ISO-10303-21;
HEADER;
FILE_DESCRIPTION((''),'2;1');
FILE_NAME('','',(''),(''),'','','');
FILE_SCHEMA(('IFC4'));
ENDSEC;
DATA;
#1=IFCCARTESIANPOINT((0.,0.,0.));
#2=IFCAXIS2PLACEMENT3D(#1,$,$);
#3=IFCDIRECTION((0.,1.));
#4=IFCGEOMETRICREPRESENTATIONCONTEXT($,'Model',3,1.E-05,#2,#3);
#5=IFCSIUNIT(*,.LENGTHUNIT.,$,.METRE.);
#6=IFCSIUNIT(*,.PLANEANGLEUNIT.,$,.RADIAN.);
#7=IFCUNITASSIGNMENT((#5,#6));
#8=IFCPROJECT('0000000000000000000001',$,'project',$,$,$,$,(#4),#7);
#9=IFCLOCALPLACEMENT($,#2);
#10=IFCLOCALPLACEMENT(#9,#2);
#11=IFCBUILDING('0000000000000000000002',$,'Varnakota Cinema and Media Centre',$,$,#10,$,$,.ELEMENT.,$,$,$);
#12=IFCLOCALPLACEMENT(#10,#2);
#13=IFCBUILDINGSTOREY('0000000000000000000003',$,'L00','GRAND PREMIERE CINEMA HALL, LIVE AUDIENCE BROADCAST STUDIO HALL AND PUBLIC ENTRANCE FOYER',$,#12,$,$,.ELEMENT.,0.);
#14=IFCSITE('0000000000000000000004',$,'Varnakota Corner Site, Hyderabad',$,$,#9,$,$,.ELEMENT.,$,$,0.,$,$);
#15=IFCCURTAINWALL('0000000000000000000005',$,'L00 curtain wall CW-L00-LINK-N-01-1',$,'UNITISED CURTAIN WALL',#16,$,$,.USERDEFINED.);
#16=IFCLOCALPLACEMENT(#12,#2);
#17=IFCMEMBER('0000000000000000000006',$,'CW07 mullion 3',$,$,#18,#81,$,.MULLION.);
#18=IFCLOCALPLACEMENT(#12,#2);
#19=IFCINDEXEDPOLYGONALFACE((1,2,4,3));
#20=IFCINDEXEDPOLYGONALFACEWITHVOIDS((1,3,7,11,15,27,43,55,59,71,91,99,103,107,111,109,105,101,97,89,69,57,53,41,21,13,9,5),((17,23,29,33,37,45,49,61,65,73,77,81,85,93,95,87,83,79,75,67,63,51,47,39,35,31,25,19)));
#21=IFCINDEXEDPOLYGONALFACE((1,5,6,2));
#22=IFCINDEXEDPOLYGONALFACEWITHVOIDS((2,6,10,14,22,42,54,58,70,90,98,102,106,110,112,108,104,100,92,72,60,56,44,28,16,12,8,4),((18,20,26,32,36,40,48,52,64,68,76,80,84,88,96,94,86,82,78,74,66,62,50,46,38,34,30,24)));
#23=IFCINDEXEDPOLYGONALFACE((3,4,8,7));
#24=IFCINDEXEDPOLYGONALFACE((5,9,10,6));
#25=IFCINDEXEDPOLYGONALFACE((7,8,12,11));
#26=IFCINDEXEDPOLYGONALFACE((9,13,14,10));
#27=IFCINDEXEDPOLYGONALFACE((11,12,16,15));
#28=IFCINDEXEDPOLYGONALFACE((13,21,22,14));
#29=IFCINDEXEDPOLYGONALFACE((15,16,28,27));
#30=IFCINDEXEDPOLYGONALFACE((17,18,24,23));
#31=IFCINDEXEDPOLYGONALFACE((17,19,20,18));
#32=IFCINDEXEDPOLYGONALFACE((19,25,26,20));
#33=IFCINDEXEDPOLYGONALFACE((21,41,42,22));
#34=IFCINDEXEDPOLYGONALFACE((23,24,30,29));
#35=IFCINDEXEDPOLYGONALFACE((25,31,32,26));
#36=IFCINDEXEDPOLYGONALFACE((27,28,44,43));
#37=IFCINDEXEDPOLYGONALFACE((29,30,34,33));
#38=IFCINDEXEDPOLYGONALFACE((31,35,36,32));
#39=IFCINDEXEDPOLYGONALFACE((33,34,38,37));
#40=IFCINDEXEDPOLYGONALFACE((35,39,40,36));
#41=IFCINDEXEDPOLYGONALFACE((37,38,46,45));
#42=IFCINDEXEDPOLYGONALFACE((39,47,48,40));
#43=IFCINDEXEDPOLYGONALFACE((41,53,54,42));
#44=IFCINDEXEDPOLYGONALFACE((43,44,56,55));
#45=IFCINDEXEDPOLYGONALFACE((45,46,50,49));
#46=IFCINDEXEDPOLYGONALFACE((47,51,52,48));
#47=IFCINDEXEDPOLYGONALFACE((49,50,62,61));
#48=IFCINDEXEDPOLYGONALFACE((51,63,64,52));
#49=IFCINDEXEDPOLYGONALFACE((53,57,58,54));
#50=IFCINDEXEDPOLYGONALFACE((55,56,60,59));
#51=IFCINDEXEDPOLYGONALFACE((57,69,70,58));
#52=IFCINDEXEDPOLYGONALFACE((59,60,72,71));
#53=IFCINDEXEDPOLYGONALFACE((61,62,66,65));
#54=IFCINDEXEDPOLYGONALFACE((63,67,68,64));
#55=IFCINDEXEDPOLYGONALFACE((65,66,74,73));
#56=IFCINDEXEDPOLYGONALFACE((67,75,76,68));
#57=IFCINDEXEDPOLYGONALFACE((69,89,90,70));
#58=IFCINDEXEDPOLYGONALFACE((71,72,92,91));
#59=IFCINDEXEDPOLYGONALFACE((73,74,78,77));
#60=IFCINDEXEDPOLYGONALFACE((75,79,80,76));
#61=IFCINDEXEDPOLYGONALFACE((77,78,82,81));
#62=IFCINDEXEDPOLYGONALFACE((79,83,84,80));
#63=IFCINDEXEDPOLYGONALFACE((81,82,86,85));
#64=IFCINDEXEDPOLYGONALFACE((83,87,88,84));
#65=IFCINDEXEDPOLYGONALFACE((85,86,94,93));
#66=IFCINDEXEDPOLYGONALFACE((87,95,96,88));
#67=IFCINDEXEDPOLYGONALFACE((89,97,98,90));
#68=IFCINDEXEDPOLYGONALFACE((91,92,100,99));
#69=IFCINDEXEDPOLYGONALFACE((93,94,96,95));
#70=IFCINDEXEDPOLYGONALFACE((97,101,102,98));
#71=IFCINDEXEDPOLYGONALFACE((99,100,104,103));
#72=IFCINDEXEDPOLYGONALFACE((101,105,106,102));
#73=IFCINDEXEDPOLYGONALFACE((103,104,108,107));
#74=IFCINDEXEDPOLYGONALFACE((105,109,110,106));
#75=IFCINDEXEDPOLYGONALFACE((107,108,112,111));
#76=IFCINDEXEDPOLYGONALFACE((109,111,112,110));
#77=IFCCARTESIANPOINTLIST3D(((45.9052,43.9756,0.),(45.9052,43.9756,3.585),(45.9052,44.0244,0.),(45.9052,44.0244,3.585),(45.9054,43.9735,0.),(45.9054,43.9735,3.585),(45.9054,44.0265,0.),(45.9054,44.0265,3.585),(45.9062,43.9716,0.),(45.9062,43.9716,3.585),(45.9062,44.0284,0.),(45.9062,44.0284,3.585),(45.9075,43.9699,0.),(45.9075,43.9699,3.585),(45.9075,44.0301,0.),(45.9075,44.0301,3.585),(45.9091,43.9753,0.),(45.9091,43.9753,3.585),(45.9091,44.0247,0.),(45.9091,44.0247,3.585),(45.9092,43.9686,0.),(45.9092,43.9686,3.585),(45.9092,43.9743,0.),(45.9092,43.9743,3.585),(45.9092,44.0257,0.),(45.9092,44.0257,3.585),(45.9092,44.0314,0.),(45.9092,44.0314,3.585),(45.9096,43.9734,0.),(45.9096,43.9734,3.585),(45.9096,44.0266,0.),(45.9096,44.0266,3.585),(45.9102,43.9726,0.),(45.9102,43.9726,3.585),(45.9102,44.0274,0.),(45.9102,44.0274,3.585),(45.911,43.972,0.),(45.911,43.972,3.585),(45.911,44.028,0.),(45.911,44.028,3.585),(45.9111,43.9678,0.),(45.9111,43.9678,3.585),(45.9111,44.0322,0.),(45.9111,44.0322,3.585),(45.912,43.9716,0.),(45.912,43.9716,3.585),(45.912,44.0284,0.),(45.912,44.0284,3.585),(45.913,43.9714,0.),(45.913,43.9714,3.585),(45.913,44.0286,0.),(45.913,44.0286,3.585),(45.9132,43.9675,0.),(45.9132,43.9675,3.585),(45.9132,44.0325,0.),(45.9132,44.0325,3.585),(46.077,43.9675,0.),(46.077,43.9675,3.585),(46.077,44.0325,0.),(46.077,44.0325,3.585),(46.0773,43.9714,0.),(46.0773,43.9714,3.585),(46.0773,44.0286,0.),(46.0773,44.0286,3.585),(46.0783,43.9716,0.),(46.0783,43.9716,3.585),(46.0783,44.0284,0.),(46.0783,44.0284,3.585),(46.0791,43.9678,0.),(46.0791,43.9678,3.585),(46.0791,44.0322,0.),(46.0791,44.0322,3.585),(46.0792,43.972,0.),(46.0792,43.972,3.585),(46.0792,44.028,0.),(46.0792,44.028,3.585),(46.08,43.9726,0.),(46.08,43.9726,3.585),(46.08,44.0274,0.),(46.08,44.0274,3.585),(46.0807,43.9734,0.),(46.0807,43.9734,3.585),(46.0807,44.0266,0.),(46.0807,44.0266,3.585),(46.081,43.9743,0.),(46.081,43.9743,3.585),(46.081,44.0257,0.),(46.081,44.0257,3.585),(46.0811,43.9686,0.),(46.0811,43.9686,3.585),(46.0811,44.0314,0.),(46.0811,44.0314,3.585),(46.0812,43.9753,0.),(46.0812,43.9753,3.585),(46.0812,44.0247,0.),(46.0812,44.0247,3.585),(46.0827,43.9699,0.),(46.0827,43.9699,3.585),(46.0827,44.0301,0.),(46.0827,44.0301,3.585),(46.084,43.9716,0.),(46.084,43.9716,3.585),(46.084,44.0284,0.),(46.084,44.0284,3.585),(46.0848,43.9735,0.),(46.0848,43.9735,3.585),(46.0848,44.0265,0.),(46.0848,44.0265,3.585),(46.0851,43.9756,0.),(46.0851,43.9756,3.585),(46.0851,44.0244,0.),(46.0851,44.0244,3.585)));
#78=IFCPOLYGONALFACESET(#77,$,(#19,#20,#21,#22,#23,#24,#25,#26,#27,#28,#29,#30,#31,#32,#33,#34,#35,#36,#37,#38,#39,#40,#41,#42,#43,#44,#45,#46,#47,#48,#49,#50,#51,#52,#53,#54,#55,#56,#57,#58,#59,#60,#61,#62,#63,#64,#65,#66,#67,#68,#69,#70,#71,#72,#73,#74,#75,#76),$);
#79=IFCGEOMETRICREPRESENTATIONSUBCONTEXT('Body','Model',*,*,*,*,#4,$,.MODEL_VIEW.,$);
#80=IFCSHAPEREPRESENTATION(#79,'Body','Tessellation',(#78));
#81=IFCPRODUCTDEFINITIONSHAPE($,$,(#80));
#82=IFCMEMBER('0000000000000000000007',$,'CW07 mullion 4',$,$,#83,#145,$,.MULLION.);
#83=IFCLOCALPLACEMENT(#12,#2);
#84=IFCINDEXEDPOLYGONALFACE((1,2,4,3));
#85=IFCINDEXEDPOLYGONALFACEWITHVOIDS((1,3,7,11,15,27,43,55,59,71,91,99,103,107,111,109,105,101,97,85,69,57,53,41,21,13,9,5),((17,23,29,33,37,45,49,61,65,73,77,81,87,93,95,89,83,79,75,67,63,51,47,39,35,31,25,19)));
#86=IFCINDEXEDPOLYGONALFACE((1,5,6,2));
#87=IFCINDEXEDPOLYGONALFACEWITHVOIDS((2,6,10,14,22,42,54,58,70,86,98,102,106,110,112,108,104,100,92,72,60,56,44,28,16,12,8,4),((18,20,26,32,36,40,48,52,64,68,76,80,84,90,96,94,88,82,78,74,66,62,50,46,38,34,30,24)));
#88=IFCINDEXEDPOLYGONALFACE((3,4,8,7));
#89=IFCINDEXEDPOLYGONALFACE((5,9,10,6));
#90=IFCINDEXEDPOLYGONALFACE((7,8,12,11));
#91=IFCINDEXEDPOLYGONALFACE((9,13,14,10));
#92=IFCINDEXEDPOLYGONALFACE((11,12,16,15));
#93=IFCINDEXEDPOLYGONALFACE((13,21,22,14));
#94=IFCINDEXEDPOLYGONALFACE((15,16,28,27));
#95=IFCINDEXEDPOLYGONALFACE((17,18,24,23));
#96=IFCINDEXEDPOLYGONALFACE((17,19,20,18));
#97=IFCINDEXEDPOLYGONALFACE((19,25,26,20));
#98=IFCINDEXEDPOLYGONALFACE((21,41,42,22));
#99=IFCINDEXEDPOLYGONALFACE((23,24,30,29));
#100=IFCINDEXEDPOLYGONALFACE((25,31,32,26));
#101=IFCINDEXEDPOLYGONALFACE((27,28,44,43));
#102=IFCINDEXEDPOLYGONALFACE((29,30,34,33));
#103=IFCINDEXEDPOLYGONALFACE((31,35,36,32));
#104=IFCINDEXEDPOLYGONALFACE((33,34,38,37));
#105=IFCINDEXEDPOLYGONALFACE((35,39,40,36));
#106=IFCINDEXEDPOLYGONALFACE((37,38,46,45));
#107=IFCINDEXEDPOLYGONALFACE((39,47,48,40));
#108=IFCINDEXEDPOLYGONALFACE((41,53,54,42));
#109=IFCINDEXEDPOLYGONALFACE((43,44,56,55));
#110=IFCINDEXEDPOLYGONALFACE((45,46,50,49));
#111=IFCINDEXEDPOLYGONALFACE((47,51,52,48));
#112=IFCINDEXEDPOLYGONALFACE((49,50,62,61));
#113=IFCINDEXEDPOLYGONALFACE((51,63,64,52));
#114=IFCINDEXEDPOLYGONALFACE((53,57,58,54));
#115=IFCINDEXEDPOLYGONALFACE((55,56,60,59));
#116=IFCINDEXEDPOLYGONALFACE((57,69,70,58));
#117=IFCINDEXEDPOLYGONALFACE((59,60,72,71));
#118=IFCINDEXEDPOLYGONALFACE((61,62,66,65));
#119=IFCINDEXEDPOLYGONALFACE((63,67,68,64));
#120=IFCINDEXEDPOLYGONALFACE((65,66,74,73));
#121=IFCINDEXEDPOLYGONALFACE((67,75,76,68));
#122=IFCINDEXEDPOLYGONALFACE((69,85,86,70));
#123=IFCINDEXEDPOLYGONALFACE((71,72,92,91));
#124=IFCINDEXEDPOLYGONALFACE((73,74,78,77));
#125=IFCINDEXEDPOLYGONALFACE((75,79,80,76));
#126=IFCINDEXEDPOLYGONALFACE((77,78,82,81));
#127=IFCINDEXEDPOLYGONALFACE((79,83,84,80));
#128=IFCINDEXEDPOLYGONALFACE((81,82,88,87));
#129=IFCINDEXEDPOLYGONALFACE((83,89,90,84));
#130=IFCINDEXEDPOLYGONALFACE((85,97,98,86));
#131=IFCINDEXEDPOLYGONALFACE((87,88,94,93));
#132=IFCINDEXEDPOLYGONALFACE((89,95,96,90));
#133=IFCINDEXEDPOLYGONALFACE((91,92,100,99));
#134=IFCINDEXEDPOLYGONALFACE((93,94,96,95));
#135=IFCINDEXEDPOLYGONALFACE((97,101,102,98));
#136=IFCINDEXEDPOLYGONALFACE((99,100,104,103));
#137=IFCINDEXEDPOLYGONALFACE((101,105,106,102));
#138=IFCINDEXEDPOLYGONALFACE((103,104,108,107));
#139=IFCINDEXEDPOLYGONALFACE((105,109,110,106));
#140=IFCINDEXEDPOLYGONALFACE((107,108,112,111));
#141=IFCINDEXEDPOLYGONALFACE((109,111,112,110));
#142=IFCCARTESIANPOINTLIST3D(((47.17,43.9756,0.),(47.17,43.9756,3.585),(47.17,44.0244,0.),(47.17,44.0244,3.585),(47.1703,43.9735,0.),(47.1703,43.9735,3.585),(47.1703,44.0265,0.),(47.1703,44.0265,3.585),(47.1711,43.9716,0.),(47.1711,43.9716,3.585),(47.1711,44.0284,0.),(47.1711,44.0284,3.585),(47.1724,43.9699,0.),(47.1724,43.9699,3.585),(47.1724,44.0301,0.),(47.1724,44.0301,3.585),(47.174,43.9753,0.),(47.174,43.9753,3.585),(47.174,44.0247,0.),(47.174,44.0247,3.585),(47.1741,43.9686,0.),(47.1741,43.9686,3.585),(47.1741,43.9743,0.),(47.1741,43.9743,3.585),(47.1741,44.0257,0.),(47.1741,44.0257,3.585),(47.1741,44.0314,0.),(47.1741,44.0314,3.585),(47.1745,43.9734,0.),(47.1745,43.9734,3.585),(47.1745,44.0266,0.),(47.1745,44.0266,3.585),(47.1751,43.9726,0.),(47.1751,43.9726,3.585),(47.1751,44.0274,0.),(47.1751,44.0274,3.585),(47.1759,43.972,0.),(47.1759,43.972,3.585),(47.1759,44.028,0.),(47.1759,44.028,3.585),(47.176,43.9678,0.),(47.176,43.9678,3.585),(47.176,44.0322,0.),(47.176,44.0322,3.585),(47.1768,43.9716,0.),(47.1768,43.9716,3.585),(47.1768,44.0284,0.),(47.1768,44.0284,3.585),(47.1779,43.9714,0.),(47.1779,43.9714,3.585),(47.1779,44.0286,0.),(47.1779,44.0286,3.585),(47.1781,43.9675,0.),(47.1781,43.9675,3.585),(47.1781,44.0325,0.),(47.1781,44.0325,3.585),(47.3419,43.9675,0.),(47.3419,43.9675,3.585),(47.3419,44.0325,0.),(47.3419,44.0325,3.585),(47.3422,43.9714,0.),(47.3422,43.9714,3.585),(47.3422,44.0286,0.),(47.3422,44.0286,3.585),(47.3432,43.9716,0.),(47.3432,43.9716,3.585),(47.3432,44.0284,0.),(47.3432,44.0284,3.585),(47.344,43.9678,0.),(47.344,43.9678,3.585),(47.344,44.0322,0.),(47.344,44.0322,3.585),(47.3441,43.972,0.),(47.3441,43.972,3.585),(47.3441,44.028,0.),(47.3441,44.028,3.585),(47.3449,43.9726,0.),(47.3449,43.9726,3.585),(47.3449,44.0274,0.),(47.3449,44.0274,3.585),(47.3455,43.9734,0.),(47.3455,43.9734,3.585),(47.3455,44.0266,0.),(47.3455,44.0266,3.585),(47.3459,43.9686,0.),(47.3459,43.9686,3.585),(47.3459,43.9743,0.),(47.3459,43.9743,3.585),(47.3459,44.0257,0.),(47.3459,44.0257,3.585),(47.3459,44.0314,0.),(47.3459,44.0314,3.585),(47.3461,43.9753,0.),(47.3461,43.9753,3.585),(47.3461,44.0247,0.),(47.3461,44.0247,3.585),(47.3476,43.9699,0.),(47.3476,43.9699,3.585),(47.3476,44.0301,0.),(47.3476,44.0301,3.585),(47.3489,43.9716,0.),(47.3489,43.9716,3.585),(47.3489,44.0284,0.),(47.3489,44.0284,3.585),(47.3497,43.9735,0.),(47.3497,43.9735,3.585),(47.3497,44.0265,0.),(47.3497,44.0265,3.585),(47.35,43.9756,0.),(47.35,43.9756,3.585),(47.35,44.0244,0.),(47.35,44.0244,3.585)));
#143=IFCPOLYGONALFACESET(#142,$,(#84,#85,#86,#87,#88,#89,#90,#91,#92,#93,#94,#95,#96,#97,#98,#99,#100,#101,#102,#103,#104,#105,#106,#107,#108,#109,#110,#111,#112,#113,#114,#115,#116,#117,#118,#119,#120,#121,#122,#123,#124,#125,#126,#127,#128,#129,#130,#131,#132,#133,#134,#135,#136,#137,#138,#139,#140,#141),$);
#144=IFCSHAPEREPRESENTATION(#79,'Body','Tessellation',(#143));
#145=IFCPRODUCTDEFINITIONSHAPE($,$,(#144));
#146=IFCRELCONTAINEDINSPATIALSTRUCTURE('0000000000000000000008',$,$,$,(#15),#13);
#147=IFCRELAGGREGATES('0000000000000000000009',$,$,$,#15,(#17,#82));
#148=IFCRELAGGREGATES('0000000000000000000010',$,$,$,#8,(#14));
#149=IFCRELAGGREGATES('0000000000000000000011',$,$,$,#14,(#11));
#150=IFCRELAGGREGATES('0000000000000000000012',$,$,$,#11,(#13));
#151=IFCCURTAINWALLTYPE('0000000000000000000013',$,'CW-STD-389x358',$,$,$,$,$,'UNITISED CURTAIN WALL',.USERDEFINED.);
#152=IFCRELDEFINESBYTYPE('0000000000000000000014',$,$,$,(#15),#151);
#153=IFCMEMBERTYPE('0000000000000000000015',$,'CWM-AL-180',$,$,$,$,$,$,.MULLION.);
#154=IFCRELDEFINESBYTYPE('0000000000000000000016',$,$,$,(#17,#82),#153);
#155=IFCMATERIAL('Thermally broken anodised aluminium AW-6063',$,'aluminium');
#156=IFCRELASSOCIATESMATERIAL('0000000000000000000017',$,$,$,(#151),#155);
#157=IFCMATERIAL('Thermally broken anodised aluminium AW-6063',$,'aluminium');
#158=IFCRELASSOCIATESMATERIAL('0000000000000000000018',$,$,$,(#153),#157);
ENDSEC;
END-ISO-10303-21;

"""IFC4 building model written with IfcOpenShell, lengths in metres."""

from ifc_helpers import new_model, si_unit, direction, frame, origin, origin_2d, place, context, subcontext, project, spatial, hollow_rectangle, extrude, material, material_profile, profile_set, type_object, element, aggregate, save


model = new_model("IFC4")

# Units and contexts
model_context = context("Model", 3, precision=1e-05, world=origin(), true_north=direction((0.0, 1.0)))
body_context = subcontext(model_context, "Body", "Model", "MODEL_VIEW")
ifc_project = project(units=[si_unit("LENGTHUNIT", "METRE"), si_unit("PLANEANGLEUNIT", "RADIAN")], contexts=[model_context])

# Site, building, storey
site_placement = place(None, origin())
site = spatial("IfcSite", under=ifc_project, at=site_placement, Name="Varnakota Corner Site, Hyderabad", CompositionType="ELEMENT", RefElevation=0.0)
building_placement = place(site_placement, origin())
building = spatial("IfcBuilding", under=site, at=building_placement, Name="Varnakota Cinema and Media Centre", CompositionType="ELEMENT")
storey_placement = place(building_placement, origin())
storey = spatial("IfcBuildingStorey", under=building, at=storey_placement, Name="L00", Description="GRAND PREMIERE CINEMA HALL, LIVE AUDIENCE BROADCAST STUDIO HALL AND PUBLIC ENTRANCE FOYER", CompositionType="ELEMENT", Elevation=0.0)

# Curtain wall, members
ifc_material_1 = material(Name="Thermally broken anodised aluminium AW-6063", Category="aluminium")
curtain_wall_type = type_object("IfcCurtainWallType", Name="CW-STD-389x358", ElementType="UNITISED CURTAIN WALL", PredefinedType="USERDEFINED", material=ifc_material_1)
curtain_wall_1_placement = place(storey_placement, origin())
curtain_wall_1 = element("IfcCurtainWall", 1, at=curtain_wall_1_placement, inside=storey, type_object=curtain_wall_type, Name="L00 curtain wall CW-L00-LINK-N-01-1", ObjectType="UNITISED CURTAIN WALL", PredefinedType="USERDEFINED")
ifc_material_2 = material(Name="Thermally broken anodised aluminium AW-6063", Category="aluminium")
ifc_material_profile_1 = material_profile(ifc_material_2, hollow_rectangle(XDim=0.0649, YDim=0.1799, WallThickness=0.0039, InnerFilletRadius=0.0039, OuterFilletRadius=0.0081, at=origin_2d()), Name="AL-MULLION 180x65x4")
ifc_profile_set_1 = profile_set([ifc_material_profile_1], Name="Thermally broken anodised aluminium AW-6063")
member_type_1 = type_object("IfcMemberType", Name="CWM-AL-180", PredefinedType="MULLION", material=ifc_profile_set_1)
member_1_placement = place(storey_placement, frame((45.9951, 44.0, 0.0), z_axis=(0.0, 0.0, 1.0), x_axis=(0.0, 1.0, 0.0)))
member_1 = element("IfcMember", 2, at=member_1_placement, type_object=member_type_1, Name="CW07 mullion 3", PredefinedType="MULLION", context=body_context, shape_type="SweptSolid", body=[
    extrude(hollow_rectangle(XDim=0.0649, YDim=0.1799, WallThickness=0.0039, InnerFilletRadius=0.0039, OuterFilletRadius=0.0081, at=origin_2d()), origin(), (0.0, 0.0, 1.0), 3.585),
])
member_2_placement = place(storey_placement, frame((47.26, 44.0, 0.0), z_axis=(0.0, 0.0, 1.0), x_axis=(0.0, 1.0, 0.0)))
member_2 = element("IfcMember", 3, at=member_2_placement, type_object=member_type_1, Name="CW07 mullion 4", PredefinedType="MULLION", context=body_context, shape_type="SweptSolid", body=[
    extrude(hollow_rectangle(XDim=0.0649, YDim=0.1799, WallThickness=0.0039, InnerFilletRadius=0.0039, OuterFilletRadius=0.0081, at=origin_2d()), origin(), (0.0, 0.0, 1.0), 3.585),
])

aggregate(curtain_wall_1, [member_1, member_2])

save(model, "model.ifc")
